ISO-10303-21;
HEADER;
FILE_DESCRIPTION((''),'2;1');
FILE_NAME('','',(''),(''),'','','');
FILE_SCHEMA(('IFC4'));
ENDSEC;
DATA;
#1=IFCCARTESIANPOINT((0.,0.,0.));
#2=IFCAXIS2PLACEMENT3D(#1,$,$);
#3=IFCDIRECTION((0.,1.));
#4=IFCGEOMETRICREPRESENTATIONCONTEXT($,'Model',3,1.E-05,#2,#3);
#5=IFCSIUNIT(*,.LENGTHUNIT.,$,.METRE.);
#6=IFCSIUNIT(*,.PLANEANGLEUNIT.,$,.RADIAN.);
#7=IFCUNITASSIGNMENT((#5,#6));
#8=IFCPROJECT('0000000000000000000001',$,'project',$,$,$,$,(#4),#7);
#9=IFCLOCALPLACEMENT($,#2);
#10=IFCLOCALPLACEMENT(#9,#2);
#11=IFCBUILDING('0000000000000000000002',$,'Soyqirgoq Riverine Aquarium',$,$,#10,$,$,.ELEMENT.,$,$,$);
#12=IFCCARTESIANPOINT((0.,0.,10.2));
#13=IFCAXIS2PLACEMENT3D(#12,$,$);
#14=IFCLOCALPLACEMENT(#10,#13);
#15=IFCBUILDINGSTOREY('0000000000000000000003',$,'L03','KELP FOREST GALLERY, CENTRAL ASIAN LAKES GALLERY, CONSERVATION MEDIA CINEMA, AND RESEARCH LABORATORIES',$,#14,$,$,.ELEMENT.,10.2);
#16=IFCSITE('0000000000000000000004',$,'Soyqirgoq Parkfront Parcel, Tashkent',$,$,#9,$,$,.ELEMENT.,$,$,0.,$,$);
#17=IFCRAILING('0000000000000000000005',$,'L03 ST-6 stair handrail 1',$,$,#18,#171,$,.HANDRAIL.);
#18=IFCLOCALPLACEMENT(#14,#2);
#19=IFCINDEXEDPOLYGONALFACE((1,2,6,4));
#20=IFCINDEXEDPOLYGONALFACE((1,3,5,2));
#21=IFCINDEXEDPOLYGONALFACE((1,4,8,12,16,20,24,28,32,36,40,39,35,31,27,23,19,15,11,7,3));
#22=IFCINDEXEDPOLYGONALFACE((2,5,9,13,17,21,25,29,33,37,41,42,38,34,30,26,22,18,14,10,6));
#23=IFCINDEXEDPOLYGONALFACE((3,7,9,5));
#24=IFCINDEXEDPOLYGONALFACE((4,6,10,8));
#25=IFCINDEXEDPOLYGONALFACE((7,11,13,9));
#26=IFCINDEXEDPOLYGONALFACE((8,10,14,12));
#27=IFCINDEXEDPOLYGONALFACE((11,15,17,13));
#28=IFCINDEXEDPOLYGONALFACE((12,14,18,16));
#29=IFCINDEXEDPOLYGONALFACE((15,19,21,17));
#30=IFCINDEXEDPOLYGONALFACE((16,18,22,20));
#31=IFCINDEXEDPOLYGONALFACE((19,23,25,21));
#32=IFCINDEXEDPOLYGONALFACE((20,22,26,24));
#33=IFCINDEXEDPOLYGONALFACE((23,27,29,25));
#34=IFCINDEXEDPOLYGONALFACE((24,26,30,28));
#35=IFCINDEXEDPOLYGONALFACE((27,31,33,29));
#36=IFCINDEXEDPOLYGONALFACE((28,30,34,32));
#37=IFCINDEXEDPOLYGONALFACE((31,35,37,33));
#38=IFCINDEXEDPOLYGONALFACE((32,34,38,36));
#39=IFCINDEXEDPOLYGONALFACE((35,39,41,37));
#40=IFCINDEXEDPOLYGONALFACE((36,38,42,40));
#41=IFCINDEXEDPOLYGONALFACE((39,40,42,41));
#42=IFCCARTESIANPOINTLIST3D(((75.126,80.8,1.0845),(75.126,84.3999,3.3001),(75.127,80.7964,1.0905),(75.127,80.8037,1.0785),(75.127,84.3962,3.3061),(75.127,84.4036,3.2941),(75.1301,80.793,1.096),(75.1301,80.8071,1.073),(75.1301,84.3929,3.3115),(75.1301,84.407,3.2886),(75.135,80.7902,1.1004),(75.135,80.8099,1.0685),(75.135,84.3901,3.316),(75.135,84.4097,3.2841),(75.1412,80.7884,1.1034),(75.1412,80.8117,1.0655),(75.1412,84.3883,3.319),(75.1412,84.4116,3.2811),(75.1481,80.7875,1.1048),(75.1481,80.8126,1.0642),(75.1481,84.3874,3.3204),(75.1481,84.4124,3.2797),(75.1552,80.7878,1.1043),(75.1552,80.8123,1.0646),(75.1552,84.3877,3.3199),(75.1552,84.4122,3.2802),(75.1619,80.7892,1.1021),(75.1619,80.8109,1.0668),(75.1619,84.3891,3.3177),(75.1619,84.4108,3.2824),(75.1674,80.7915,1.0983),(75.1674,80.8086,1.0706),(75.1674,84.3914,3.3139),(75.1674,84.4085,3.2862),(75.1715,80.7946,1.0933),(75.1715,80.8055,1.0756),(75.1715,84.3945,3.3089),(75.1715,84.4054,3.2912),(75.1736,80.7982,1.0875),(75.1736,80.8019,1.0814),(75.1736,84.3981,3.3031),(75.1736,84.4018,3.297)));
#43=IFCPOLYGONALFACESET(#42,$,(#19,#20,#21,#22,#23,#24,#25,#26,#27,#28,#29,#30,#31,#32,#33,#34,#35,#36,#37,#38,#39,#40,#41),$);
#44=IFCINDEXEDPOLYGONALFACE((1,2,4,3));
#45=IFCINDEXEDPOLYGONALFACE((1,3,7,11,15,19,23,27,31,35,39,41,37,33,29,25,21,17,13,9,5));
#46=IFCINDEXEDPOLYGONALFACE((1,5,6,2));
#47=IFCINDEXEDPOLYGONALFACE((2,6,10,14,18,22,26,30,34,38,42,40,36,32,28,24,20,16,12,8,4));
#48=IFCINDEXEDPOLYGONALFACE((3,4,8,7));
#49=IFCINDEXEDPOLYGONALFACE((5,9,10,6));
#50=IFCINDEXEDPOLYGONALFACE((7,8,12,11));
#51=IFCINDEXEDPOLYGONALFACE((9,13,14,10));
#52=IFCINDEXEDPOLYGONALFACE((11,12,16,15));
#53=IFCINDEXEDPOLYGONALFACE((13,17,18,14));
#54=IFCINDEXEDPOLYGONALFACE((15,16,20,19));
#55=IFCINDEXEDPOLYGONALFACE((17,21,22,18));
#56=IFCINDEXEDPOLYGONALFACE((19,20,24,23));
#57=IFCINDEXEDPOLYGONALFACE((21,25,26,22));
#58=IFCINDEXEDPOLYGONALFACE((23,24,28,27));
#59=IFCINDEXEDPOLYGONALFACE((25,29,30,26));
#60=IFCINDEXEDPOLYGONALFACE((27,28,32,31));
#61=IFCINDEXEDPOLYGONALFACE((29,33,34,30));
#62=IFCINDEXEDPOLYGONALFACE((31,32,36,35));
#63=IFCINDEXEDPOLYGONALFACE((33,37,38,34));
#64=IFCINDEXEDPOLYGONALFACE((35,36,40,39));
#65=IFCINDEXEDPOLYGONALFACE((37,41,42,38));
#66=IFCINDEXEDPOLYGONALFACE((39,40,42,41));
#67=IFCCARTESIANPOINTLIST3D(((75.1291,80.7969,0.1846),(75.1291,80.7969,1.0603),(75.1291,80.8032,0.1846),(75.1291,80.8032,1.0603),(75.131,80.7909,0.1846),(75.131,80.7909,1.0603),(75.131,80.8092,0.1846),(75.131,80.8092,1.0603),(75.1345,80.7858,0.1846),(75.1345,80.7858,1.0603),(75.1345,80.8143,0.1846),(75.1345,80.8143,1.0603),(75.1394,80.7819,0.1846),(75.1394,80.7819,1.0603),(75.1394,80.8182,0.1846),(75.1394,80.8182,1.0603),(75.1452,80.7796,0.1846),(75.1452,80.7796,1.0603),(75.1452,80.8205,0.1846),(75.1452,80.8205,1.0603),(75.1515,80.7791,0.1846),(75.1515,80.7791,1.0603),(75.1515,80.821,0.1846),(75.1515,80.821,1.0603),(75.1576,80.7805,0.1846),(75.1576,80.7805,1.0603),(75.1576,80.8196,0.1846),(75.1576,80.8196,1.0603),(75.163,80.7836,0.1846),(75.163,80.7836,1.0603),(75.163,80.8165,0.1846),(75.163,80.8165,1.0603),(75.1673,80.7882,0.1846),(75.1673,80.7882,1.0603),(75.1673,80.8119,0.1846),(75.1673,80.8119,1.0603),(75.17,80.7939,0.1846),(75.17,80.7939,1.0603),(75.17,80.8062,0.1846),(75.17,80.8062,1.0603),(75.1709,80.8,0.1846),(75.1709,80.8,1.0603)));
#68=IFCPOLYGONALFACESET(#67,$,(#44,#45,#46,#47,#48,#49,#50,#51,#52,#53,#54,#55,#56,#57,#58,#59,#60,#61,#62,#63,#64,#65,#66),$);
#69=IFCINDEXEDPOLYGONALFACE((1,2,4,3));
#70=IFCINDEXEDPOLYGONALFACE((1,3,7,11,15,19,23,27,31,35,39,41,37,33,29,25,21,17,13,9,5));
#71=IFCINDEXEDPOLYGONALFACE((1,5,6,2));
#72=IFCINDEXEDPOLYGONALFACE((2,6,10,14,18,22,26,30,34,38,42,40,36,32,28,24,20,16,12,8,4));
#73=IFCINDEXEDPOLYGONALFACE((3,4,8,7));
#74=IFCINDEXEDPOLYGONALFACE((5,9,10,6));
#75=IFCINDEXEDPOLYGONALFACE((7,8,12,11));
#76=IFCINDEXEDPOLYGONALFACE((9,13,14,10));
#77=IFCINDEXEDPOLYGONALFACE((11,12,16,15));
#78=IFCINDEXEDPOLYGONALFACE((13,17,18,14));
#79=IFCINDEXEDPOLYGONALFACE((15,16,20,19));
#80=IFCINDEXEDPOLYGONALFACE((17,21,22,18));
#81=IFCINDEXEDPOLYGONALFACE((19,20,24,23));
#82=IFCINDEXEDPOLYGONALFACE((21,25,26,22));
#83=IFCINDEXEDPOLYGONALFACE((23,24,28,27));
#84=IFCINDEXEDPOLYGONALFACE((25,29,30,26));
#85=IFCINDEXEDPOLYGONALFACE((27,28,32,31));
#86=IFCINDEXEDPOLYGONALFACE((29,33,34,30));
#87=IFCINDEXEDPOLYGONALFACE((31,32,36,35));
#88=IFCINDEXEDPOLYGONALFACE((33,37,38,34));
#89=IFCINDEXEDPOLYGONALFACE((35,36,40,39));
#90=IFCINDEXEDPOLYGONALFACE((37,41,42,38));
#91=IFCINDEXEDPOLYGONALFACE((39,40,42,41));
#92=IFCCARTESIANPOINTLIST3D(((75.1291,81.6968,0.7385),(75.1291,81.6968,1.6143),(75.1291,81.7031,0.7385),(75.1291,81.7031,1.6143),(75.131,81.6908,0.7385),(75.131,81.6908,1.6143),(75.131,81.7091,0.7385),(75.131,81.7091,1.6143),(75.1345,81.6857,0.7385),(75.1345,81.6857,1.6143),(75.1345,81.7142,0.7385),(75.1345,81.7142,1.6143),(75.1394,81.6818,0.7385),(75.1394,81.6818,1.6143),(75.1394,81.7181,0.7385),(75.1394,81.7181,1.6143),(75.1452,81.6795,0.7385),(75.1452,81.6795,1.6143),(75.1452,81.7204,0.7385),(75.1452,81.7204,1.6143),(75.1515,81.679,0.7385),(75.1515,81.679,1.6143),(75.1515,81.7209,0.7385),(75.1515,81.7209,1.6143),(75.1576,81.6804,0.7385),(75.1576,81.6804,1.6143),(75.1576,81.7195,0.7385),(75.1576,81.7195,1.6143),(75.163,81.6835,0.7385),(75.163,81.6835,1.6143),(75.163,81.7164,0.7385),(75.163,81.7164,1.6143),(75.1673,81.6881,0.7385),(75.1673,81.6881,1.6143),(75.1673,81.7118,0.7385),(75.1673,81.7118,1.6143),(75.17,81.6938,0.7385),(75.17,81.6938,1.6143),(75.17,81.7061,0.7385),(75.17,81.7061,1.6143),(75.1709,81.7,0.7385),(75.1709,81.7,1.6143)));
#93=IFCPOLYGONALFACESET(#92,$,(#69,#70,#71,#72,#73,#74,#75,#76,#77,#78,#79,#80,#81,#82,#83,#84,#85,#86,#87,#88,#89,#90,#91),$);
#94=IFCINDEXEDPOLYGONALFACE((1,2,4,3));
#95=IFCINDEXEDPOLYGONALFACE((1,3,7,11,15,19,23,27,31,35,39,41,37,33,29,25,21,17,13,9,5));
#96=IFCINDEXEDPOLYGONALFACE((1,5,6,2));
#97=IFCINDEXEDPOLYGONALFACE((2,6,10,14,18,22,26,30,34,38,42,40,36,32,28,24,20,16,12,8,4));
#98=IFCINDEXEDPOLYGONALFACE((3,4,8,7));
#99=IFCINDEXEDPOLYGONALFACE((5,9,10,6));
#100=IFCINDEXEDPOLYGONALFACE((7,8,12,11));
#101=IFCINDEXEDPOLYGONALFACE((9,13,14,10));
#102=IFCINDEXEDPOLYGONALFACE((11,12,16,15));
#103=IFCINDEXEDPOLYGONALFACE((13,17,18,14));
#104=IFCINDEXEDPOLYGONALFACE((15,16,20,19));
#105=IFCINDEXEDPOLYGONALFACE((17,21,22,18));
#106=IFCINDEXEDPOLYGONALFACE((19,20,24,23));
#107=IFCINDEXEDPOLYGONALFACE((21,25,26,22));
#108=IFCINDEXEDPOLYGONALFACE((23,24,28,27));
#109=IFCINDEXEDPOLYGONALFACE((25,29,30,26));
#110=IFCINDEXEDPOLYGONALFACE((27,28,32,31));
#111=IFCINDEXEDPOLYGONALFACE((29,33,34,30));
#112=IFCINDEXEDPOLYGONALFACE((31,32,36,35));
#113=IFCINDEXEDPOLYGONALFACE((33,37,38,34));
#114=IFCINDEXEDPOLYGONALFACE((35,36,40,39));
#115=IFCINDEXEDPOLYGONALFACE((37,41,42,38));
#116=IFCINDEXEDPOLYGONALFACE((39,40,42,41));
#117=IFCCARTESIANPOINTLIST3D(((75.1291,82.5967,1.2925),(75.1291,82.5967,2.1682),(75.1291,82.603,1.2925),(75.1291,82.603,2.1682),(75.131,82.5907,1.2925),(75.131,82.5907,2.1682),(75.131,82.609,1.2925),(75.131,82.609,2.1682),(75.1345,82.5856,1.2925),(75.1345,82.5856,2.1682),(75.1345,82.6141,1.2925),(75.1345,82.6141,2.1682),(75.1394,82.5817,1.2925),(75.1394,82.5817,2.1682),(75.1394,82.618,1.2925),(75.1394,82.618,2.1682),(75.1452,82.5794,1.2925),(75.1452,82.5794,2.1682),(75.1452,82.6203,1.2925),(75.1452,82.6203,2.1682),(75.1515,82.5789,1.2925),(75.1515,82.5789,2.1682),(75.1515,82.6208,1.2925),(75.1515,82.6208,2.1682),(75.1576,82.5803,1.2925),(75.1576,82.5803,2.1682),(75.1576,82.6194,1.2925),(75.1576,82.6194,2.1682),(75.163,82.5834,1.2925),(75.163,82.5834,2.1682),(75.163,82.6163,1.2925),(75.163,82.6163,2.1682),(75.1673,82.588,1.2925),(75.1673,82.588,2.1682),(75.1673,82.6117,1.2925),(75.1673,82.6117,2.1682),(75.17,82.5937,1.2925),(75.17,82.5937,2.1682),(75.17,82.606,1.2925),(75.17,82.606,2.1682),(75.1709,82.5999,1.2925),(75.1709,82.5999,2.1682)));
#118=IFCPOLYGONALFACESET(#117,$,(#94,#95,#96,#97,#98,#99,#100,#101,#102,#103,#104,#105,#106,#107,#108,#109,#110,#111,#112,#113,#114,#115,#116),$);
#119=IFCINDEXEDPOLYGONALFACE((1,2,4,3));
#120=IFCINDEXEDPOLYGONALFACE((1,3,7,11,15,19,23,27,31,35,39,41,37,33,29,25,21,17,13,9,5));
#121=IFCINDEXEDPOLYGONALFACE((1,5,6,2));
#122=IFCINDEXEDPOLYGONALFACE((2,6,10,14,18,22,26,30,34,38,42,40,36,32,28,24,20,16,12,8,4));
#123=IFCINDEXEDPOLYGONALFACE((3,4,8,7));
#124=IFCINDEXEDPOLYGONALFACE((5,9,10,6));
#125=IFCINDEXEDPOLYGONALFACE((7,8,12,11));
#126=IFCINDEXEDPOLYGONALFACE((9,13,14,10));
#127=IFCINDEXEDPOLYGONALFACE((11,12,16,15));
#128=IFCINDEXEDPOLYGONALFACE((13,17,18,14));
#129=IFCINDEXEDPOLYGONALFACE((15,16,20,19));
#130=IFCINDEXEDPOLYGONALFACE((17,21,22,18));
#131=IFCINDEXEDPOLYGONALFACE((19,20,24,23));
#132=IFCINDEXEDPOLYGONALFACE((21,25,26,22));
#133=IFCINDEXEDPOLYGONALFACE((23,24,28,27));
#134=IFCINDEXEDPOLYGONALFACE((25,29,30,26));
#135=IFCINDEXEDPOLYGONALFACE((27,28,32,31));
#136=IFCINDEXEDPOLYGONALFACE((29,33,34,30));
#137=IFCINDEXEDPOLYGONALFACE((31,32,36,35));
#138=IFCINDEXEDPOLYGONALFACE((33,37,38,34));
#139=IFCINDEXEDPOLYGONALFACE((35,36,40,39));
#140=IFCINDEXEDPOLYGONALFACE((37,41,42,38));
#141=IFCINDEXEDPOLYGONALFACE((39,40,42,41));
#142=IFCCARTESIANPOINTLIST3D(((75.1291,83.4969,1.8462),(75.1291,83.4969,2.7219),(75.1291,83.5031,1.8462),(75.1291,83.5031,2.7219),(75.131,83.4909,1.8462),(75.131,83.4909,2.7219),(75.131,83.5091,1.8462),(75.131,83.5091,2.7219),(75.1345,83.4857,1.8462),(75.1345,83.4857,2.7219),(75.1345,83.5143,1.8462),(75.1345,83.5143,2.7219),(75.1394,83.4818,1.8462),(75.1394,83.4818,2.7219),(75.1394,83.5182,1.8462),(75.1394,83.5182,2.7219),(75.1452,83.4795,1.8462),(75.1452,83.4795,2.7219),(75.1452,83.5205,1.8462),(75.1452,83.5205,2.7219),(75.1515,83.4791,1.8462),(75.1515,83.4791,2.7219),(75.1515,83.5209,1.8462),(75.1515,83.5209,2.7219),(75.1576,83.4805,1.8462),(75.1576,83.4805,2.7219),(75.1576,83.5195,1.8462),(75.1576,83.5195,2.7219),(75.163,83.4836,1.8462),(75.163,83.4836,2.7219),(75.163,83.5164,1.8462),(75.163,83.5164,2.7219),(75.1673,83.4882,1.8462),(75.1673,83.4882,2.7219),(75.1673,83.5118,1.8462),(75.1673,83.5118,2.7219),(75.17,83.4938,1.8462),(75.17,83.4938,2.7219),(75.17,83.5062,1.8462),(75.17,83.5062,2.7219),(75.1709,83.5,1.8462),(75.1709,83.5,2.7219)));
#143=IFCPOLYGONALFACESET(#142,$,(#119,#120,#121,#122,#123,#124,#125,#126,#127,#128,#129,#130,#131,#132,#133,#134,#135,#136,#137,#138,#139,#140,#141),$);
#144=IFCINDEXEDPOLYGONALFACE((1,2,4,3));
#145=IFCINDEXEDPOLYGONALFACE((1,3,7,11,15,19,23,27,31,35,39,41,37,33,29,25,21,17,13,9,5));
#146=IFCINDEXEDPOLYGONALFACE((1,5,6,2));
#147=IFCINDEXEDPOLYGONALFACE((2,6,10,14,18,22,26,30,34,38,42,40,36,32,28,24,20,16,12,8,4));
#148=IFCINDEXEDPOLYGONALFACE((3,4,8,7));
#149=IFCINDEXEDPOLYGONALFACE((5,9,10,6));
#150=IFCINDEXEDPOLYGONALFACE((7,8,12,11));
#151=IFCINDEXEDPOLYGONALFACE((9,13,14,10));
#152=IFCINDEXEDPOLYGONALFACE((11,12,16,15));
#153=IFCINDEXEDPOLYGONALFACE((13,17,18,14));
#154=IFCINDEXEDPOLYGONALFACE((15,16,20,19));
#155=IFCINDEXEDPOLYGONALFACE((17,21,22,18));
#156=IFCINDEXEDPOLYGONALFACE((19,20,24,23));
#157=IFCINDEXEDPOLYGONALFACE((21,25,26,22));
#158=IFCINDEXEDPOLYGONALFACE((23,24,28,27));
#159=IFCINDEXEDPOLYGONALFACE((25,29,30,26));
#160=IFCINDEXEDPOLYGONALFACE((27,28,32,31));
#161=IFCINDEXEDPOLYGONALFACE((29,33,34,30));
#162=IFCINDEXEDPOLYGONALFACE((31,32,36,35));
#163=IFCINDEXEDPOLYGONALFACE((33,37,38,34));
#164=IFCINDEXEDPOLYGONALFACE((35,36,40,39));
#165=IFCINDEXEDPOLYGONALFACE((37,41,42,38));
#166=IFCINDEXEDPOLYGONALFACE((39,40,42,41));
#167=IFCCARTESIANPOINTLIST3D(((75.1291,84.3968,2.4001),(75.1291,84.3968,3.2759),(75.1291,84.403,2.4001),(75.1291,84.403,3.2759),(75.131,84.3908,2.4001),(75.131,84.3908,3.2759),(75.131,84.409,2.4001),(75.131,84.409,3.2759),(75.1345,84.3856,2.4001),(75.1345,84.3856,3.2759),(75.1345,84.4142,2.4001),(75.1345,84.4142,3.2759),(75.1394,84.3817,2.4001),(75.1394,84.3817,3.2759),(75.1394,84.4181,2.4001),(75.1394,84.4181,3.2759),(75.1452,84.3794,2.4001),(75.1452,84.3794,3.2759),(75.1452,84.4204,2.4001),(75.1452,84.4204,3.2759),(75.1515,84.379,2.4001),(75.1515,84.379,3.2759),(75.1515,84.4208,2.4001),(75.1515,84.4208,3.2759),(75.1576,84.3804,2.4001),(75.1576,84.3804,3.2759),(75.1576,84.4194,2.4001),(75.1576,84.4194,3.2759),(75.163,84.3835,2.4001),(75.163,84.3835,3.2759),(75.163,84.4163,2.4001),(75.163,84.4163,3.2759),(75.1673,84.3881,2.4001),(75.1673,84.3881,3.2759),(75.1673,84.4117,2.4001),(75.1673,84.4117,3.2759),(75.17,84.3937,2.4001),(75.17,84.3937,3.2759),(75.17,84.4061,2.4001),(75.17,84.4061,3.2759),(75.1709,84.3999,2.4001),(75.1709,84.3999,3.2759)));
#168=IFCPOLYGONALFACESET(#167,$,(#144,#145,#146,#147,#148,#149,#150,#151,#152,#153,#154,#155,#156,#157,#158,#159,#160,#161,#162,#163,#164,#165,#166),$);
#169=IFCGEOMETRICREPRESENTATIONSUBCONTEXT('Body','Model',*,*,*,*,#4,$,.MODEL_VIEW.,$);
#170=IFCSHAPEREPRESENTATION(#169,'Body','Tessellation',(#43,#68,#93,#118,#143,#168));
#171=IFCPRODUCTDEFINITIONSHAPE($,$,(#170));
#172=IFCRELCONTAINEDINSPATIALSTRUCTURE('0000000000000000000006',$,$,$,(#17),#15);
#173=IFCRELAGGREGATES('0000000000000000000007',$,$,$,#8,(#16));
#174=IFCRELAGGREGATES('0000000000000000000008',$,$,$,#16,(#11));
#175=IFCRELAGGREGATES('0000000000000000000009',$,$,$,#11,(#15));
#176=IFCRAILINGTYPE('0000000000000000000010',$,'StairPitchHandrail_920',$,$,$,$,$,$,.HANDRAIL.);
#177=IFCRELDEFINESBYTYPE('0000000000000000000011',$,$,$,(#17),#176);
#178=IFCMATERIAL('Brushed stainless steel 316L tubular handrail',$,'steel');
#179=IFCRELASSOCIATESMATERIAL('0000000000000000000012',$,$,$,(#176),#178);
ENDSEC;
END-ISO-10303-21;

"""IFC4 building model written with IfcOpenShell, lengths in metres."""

from ifc_helpers import new_model, si_unit, direction, frame, origin, origin_2d, place, context, subcontext, project, spatial, circle, extrude, material, type_object, element, save


model = new_model("IFC4")

# Units and contexts
model_context = context("Model", 3, precision=1e-05, world=origin(), true_north=direction((0.0, 1.0)))
body_context = subcontext(model_context, "Body", "Model", "MODEL_VIEW")
ifc_project = project(units=[si_unit("LENGTHUNIT", "METRE"), si_unit("PLANEANGLEUNIT", "RADIAN")], contexts=[model_context])

# Site, building, storey
site_placement = place(None, origin())
site = spatial("IfcSite", under=ifc_project, at=site_placement, Name="Soyqirgoq Parkfront Parcel, Tashkent", CompositionType="ELEMENT", RefElevation=0.0)
building_placement = place(site_placement, origin())
building = spatial("IfcBuilding", under=site, at=building_placement, Name="Soyqirgoq Riverine Aquarium", CompositionType="ELEMENT")
storey_placement = place(building_placement, frame((0.0, 0.0, 10.2)))
storey = spatial("IfcBuildingStorey", under=building, at=storey_placement, Name="L03", Description="KELP FOREST GALLERY, CENTRAL ASIAN LAKES GALLERY, CONSERVATION MEDIA CINEMA, AND RESEARCH LABORATORIES", CompositionType="ELEMENT", Elevation=10.2)

# Railing
ifc_material_1 = material(Name="Brushed stainless steel 316L tubular handrail", Category="steel")
railing_type_1 = type_object("IfcRailingType", Name="StairPitchHandrail_920", PredefinedType="HANDRAIL", material=ifc_material_1)
railing_1_placement = place(storey_placement, frame((75.1499, 80.8, 0.1846)))
element("IfcRailing", 1, at=railing_1_placement, inside=storey, type_object=railing_type_1, Name="L03 ST-6 stair handrail 1", PredefinedType="HANDRAIL", context=body_context, shape_type="SweptSolid", body=[
    extrude(circle(Radius=0.0239, at=origin_2d()), frame((0.0, 0.0, 0.8999), z_axis=(0.0, 0.851629, 0.524146), x_axis=(-1.0, 0.0, 0.0)), (0.0, 0.0, 1.0), 4.2271),
    extrude(circle(Radius=0.021, at=origin_2d()), origin(), (0.0, 0.0, 1.0), 0.8757),
    extrude(circle(Radius=0.021, at=origin_2d()), frame((0.0, 0.8999, 0.554)), (0.0, 0.0, 1.0), 0.8757),
    extrude(circle(Radius=0.021, at=origin_2d()), frame((0.0, 1.7998, 1.1079)), (0.0, 0.0, 1.0), 0.8757),
    extrude(circle(Radius=0.021, at=origin_2d()), frame((0.0, 2.7, 1.6616)), (0.0, 0.0, 1.0), 0.8757),
    extrude(circle(Radius=0.021, at=origin_2d()), frame((0.0, 3.5999, 2.2156)), (0.0, 0.0, 1.0), 0.8757),
])

save(model, "model.ifc")
